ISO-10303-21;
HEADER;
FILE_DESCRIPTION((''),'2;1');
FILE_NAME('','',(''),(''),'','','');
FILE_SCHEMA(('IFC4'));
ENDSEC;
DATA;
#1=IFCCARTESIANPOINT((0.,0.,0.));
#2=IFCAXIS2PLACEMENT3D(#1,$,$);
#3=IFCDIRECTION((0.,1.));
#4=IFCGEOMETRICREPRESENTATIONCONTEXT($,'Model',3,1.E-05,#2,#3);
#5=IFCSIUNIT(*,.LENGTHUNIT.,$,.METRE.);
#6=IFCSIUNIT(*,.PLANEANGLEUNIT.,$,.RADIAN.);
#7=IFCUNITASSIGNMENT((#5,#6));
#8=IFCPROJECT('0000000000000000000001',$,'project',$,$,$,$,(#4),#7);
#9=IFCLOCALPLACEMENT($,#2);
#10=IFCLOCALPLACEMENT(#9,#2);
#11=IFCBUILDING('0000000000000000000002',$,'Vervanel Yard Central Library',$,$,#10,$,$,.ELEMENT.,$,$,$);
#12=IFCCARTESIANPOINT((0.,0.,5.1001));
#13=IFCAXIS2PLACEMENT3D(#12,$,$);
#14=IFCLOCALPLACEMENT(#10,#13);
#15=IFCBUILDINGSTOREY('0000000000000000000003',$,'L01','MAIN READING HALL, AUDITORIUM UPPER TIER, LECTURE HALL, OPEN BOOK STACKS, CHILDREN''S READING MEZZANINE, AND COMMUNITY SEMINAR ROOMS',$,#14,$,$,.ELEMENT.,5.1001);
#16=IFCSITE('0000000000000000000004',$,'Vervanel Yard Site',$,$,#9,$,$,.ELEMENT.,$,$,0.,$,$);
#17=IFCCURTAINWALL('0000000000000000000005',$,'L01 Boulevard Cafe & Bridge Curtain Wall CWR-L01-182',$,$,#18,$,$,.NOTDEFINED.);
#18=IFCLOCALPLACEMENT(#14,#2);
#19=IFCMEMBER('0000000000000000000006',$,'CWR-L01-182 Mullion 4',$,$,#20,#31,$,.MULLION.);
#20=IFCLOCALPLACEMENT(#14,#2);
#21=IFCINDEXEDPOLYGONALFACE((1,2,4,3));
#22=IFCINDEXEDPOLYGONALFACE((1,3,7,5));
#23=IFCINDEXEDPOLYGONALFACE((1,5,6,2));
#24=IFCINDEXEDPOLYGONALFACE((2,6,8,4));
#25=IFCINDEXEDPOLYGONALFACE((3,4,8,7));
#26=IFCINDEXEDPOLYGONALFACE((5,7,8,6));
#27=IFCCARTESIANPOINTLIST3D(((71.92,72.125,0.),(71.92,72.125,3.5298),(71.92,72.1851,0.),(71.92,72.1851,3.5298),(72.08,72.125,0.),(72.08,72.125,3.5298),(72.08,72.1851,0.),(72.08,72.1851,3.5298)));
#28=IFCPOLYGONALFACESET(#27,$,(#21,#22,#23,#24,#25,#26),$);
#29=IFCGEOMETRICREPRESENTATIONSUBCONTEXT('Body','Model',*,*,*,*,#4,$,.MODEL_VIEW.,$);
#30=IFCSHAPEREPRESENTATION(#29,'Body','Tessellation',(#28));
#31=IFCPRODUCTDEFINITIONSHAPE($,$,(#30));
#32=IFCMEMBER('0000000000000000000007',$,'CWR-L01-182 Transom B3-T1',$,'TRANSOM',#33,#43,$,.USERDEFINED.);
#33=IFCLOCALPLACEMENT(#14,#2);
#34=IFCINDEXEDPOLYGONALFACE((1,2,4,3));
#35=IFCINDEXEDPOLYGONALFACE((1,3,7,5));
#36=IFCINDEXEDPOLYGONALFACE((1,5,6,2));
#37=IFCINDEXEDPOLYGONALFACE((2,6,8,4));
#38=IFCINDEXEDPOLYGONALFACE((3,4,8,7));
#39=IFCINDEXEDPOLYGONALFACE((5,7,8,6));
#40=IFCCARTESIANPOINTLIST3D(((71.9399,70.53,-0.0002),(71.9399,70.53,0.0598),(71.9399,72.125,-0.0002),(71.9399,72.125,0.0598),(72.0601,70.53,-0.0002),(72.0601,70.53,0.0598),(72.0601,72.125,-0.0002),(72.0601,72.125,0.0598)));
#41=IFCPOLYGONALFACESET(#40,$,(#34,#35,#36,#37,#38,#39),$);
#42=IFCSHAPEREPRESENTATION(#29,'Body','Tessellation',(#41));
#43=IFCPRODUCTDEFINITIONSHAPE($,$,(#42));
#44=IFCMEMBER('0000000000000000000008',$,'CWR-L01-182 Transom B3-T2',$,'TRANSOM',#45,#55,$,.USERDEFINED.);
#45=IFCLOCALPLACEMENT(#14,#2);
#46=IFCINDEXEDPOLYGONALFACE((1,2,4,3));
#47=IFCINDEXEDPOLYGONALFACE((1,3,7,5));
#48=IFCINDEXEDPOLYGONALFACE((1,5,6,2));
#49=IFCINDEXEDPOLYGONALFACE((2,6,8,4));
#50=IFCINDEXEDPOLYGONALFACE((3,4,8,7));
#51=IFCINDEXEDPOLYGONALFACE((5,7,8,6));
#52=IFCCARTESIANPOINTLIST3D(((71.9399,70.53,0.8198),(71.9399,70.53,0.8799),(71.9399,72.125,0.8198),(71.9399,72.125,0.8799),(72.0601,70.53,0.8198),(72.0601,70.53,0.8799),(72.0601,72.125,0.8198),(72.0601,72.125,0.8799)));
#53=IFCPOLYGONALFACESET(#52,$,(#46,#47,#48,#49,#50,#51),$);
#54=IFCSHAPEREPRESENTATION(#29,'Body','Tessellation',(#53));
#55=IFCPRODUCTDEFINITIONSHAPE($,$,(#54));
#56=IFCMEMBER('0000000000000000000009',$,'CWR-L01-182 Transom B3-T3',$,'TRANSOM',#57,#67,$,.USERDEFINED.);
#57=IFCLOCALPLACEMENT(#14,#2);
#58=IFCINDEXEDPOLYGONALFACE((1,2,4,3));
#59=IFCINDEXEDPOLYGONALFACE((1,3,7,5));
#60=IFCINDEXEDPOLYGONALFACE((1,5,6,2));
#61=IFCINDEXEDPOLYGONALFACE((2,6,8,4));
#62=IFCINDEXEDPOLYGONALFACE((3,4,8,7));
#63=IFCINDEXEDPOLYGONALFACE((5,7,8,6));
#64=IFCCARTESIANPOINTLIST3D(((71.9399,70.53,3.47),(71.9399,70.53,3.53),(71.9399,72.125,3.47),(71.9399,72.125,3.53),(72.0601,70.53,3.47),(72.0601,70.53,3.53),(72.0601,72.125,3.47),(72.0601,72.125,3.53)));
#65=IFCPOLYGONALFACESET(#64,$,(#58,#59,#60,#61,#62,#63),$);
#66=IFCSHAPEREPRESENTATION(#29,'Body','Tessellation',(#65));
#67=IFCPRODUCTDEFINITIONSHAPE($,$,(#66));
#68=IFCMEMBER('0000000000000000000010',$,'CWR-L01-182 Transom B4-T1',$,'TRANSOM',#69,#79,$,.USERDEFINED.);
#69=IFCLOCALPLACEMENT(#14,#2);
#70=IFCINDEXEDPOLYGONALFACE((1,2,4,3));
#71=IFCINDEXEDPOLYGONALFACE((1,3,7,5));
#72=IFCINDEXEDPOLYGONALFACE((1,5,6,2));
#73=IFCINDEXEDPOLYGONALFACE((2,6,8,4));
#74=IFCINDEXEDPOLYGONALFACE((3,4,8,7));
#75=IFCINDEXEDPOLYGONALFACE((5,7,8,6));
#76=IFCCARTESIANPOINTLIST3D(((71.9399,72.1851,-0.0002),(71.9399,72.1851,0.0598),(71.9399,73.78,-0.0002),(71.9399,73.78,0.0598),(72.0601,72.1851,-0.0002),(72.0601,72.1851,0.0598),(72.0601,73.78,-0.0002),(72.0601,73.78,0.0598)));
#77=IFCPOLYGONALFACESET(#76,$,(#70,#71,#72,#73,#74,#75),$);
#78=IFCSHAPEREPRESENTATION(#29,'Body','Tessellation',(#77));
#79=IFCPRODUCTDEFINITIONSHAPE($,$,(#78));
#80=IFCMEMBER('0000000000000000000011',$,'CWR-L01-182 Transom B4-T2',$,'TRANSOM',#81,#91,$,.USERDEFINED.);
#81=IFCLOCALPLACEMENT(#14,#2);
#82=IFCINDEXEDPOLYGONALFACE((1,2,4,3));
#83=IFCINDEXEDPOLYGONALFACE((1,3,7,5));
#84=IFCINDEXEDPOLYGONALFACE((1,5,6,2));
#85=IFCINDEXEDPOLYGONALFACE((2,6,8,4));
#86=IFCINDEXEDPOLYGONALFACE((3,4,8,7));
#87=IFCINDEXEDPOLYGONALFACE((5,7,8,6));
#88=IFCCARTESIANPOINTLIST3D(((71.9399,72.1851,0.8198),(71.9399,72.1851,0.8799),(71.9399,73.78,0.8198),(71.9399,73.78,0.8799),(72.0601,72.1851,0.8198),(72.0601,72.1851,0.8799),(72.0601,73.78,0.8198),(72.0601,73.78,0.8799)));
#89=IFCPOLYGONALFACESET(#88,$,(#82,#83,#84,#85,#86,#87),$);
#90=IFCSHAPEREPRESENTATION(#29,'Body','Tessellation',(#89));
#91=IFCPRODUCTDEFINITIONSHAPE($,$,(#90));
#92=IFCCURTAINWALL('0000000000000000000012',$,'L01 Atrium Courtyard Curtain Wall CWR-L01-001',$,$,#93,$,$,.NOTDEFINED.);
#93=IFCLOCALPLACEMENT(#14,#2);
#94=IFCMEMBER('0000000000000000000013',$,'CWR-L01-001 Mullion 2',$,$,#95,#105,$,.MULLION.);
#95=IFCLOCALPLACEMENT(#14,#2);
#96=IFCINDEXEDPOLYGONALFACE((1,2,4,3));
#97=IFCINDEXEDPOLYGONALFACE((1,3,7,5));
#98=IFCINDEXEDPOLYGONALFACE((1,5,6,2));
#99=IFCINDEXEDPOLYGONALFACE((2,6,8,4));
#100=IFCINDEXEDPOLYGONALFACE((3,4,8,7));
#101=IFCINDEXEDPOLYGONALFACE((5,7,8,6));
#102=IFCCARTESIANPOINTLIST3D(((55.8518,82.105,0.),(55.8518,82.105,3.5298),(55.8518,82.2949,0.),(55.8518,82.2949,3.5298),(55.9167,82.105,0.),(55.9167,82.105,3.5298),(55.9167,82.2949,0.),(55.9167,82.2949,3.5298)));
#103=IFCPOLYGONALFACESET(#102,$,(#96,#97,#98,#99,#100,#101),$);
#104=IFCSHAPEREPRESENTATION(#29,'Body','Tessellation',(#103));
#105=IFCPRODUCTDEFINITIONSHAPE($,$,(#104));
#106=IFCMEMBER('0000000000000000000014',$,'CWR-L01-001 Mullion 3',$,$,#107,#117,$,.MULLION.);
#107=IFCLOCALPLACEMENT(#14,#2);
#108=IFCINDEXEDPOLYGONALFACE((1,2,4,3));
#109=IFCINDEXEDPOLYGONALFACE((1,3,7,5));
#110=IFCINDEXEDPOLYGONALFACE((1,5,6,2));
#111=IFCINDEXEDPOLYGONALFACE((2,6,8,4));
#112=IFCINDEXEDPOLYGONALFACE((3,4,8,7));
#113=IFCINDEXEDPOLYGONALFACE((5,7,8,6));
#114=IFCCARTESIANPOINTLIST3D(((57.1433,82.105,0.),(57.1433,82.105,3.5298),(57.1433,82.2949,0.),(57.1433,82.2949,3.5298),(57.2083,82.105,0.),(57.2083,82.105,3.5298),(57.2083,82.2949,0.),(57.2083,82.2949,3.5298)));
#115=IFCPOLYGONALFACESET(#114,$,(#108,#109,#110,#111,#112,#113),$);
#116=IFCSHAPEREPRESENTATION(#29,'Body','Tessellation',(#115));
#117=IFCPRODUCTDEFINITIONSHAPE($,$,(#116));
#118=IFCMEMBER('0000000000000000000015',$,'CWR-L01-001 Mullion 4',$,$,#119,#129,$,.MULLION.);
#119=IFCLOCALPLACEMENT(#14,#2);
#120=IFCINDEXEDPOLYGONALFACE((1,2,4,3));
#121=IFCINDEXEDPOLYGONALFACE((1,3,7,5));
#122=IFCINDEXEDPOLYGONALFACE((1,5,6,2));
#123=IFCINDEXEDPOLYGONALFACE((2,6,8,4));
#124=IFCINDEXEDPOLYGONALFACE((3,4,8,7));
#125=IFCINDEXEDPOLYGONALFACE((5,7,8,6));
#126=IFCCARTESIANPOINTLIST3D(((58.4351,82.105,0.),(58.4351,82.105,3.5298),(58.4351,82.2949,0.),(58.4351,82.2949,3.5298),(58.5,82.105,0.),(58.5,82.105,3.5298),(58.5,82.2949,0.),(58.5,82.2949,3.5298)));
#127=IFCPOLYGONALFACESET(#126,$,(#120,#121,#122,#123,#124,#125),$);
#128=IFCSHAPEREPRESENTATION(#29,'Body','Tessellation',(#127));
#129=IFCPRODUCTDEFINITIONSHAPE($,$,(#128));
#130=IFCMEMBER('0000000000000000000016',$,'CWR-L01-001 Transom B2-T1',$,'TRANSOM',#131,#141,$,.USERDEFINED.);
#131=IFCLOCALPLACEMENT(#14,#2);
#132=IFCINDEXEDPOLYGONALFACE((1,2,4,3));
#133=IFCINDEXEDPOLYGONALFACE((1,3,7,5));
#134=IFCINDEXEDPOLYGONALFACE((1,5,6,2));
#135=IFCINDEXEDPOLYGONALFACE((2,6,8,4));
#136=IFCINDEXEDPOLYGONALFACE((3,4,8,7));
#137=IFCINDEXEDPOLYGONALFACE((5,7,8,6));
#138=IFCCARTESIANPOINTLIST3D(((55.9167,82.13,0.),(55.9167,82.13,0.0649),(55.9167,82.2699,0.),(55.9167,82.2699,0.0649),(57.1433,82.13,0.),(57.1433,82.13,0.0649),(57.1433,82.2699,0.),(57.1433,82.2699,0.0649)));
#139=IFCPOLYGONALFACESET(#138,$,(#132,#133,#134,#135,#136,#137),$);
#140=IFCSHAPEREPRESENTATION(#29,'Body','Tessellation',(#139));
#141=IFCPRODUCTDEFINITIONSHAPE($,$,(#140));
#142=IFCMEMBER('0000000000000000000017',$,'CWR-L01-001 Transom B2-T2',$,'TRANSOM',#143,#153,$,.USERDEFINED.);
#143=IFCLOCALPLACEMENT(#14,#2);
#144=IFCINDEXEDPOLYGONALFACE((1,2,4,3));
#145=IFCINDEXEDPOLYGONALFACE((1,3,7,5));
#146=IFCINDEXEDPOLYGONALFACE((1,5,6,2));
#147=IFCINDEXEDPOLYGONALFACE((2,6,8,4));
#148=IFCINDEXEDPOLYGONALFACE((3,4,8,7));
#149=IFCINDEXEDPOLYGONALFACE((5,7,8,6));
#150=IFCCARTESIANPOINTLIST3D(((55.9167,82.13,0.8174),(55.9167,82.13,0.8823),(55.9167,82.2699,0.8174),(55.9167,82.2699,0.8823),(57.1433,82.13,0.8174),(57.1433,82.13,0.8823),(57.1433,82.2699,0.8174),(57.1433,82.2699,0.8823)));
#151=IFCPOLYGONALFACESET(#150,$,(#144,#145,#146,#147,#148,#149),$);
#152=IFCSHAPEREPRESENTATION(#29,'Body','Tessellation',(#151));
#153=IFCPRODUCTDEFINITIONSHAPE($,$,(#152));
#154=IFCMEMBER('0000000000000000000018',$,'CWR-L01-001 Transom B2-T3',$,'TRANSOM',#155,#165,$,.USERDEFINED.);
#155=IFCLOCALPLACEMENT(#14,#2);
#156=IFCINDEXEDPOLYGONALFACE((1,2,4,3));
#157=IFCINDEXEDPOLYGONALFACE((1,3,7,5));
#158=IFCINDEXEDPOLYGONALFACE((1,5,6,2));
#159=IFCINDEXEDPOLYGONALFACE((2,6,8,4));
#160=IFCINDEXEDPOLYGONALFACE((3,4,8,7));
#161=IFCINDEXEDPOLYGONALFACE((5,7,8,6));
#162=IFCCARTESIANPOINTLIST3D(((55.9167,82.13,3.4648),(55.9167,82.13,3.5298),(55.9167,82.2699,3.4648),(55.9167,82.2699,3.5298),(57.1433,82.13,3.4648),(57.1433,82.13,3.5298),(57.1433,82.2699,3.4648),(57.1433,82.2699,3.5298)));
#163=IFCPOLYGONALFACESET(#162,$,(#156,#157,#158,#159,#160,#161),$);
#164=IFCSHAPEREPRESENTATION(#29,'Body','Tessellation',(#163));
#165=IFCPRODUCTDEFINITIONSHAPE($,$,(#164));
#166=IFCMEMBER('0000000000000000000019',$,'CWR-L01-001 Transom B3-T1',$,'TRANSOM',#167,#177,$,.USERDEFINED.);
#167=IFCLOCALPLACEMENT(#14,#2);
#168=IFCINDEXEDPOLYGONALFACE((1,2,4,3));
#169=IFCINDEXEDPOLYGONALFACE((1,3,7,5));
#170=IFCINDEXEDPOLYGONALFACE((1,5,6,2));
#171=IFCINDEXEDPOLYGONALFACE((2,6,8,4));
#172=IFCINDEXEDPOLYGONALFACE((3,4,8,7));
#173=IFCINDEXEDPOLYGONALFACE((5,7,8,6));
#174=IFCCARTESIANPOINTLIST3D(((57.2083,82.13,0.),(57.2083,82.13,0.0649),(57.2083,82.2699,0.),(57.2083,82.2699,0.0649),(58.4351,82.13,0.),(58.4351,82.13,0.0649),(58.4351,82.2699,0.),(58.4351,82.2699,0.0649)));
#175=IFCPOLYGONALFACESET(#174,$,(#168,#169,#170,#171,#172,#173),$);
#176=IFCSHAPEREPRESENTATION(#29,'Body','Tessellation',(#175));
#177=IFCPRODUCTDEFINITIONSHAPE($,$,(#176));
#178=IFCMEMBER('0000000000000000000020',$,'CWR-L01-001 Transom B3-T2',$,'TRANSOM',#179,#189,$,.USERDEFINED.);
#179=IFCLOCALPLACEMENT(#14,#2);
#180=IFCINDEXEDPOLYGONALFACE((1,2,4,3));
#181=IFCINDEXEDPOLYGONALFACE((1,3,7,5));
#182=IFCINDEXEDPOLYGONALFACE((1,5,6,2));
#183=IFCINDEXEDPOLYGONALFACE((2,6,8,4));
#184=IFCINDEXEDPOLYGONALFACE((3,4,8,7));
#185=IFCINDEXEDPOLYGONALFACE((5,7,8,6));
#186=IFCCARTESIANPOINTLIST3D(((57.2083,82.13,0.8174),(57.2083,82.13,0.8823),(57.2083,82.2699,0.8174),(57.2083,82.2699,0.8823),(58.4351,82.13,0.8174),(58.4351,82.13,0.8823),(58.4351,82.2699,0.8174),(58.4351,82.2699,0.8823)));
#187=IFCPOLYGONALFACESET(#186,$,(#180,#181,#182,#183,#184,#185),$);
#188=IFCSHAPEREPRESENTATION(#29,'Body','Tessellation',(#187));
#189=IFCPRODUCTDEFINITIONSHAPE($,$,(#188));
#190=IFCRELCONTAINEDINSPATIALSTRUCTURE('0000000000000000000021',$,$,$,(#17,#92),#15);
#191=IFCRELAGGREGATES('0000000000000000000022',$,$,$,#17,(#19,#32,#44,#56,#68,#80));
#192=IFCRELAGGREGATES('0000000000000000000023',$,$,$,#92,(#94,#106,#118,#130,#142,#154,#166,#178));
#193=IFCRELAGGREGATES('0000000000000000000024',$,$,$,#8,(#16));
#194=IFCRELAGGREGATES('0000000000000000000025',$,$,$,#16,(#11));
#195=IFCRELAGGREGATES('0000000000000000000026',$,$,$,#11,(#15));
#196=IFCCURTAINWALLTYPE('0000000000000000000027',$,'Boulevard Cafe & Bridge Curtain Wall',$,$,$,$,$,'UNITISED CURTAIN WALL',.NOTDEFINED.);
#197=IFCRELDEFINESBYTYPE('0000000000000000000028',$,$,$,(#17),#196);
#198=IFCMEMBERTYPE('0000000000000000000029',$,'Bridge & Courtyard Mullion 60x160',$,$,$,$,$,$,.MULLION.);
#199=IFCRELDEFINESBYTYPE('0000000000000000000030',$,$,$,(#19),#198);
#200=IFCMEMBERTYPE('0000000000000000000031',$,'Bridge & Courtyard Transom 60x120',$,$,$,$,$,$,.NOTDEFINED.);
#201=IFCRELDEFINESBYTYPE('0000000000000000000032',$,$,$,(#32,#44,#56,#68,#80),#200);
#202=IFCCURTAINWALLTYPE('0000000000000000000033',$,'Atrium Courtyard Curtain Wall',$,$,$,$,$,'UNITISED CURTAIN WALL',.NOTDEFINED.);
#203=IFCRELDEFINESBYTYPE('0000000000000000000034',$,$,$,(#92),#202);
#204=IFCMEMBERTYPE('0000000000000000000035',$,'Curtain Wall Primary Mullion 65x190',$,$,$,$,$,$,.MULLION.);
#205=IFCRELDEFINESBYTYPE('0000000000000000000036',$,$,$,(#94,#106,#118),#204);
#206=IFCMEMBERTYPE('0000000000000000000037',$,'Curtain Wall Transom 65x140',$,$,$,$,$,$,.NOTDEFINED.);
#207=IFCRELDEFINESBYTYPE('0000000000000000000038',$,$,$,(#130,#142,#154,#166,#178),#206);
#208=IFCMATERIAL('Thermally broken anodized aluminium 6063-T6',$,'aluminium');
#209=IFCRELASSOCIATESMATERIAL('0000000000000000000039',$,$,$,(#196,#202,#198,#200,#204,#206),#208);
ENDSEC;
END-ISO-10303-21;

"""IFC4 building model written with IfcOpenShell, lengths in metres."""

from ifc_helpers import new_model, si_unit, direction, frame, origin, origin_2d, place, context, subcontext, project, spatial, rectangle, extrude, material, material_profile, profile_set, type_object, element, aggregate, save


model = new_model("IFC4")

# Units and contexts
model_context = context("Model", 3, precision=1e-05, world=origin(), true_north=direction((0.0, 1.0)))
body_context = subcontext(model_context, "Body", "Model", "MODEL_VIEW")
ifc_project = project(units=[si_unit("LENGTHUNIT", "METRE"), si_unit("PLANEANGLEUNIT", "RADIAN")], contexts=[model_context])

# Site, building, storey
site_placement = place(None, origin())
site = spatial("IfcSite", under=ifc_project, at=site_placement, Name="Vervanel Yard Site", CompositionType="ELEMENT", RefElevation=0.0)
building_placement = place(site_placement, origin())
building = spatial("IfcBuilding", under=site, at=building_placement, Name="Vervanel Yard Central Library", CompositionType="ELEMENT")
storey_placement = place(building_placement, frame((0.0, 0.0, 5.1001)))
storey = spatial("IfcBuildingStorey", under=building, at=storey_placement, Name="L01", Description="MAIN READING HALL, AUDITORIUM UPPER TIER, LECTURE HALL, OPEN BOOK STACKS, CHILDREN'S READING MEZZANINE, AND COMMUNITY SEMINAR ROOMS", CompositionType="ELEMENT", Elevation=5.1001)

# Curtain walls, members
ifc_material_1 = material(Name="Thermally broken anodized aluminium 6063-T6", Category="aluminium")
curtain_wall_type_1 = type_object("IfcCurtainWallType", Name="Boulevard Cafe & Bridge Curtain Wall", ElementType="UNITISED CURTAIN WALL", PredefinedType="NOTDEFINED", material=ifc_material_1)
curtain_wall_1_placement = place(storey_placement, origin())
curtain_wall_1 = element("IfcCurtainWall", 1, at=curtain_wall_1_placement, inside=storey, type_object=curtain_wall_type_1, Name="L01 Boulevard Cafe & Bridge Curtain Wall CWR-L01-182", PredefinedType="NOTDEFINED")
ifc_material_profile_1 = material_profile(ifc_material_1, rectangle(XDim=0.0601, YDim=0.1599, at=origin_2d()), Name="ALU 60x160", Category="aluminium")
ifc_profile_set_1 = profile_set([ifc_material_profile_1], Name="Thermally broken anodized aluminium 6063-T6")
member_type_1 = type_object("IfcMemberType", Name="Bridge & Courtyard Mullion 60x160", PredefinedType="MULLION", material=ifc_profile_set_1)
member_1_placement = place(storey_placement, frame((72.0, 72.155, 0.0), z_axis=(0.0, 0.0, 1.0), x_axis=(0.0, 1.0, 0.0)))
member_1 = element("IfcMember", 2, at=member_1_placement, type_object=member_type_1, Name="CWR-L01-182 Mullion 4", PredefinedType="MULLION", context=body_context, shape_type="SweptSolid", body=[
    extrude(rectangle(XDim=0.0601, YDim=0.1599, at=origin_2d()), origin(), (0.0, 0.0, 1.0), 3.5298),
])
ifc_material_profile_2 = material_profile(ifc_material_1, rectangle(XDim=0.0601, YDim=0.1201, at=origin_2d()), Name="ALU 60x120", Category="aluminium")
ifc_profile_set_2 = profile_set([ifc_material_profile_2], Name="Thermally broken anodized aluminium 6063-T6")
member_type_2 = type_object("IfcMemberType", Name="Bridge & Courtyard Transom 60x120", PredefinedType="NOTDEFINED", material=ifc_profile_set_2)
member_2_placement = place(storey_placement, frame((72.0, 70.53, 0.0298), z_axis=(0.0, 1.0, 0.0), x_axis=(0.0, 0.0, 1.0)))
member_2 = element("IfcMember", 3, at=member_2_placement, type_object=member_type_2, Name="CWR-L01-182 Transom B3-T1", ObjectType="TRANSOM", PredefinedType="USERDEFINED", context=body_context, shape_type="SweptSolid", body=[
    extrude(rectangle(XDim=0.0601, YDim=0.1201, at=origin_2d()), origin(), (0.0, 0.0, 1.0), 1.595),
])
member_3_placement = place(storey_placement, frame((72.0, 70.53, 0.8499), z_axis=(0.0, 1.0, 0.0), x_axis=(0.0, 0.0, 1.0)))
member_3 = element("IfcMember", 4, at=member_3_placement, type_object=member_type_2, Name="CWR-L01-182 Transom B3-T2", ObjectType="TRANSOM", PredefinedType="USERDEFINED", context=body_context, shape_type="SweptSolid", body=[
    extrude(rectangle(XDim=0.0601, YDim=0.1201, at=origin_2d()), origin(), (0.0, 0.0, 1.0), 1.595),
])
member_4_placement = place(storey_placement, frame((72.0, 70.53, 3.5), z_axis=(0.0, 1.0, 0.0), x_axis=(0.0, 0.0, 1.0)))
member_4 = element("IfcMember", 5, at=member_4_placement, type_object=member_type_2, Name="CWR-L01-182 Transom B3-T3", ObjectType="TRANSOM", PredefinedType="USERDEFINED", context=body_context, shape_type="SweptSolid", body=[
    extrude(rectangle(XDim=0.0601, YDim=0.1201, at=origin_2d()), origin(), (0.0, 0.0, 1.0), 1.595),
])
member_5_placement = place(storey_placement, frame((72.0, 72.1851, 0.0298), z_axis=(0.0, 1.0, 0.0), x_axis=(0.0, 0.0, 1.0)))
member_5 = element("IfcMember", 6, at=member_5_placement, type_object=member_type_2, Name="CWR-L01-182 Transom B4-T1", ObjectType="TRANSOM", PredefinedType="USERDEFINED", context=body_context, shape_type="SweptSolid", body=[
    extrude(rectangle(XDim=0.0601, YDim=0.1201, at=origin_2d()), origin(), (0.0, 0.0, 1.0), 1.595),
])
member_6_placement = place(storey_placement, frame((72.0, 72.1851, 0.8499), z_axis=(0.0, 1.0, 0.0), x_axis=(0.0, 0.0, 1.0)))
member_6 = element("IfcMember", 7, at=member_6_placement, type_object=member_type_2, Name="CWR-L01-182 Transom B4-T2", ObjectType="TRANSOM", PredefinedType="USERDEFINED", context=body_context, shape_type="SweptSolid", body=[
    extrude(rectangle(XDim=0.0601, YDim=0.1201, at=origin_2d()), origin(), (0.0, 0.0, 1.0), 1.595),
])
curtain_wall_type_2 = type_object("IfcCurtainWallType", Name="Atrium Courtyard Curtain Wall", ElementType="UNITISED CURTAIN WALL", PredefinedType="NOTDEFINED", material=ifc_material_1)
curtain_wall_2_placement = place(storey_placement, origin())
curtain_wall_2 = element("IfcCurtainWall", 8, at=curtain_wall_2_placement, inside=storey, type_object=curtain_wall_type_2, Name="L01 Atrium Courtyard Curtain Wall CWR-L01-001", PredefinedType="NOTDEFINED")
ifc_material_profile_3 = material_profile(ifc_material_1, rectangle(XDim=0.0649, YDim=0.1899, at=origin_2d()), Name="ALU 65x190", Category="aluminium")
ifc_profile_set_3 = profile_set([ifc_material_profile_3], Name="Thermally broken anodized aluminium 6063-T6")
member_type_3 = type_object("IfcMemberType", Name="Curtain Wall Primary Mullion 65x190", PredefinedType="MULLION", material=ifc_profile_set_3)
member_7_placement = place(storey_placement, frame((55.8843, 82.2, 0.0), z_axis=(0.0, 0.0, 1.0), x_axis=(1.0, 0.0, 0.0)))
member_7 = element("IfcMember", 9, at=member_7_placement, type_object=member_type_3, Name="CWR-L01-001 Mullion 2", PredefinedType="MULLION", context=body_context, shape_type="SweptSolid", body=[
    extrude(rectangle(XDim=0.0649, YDim=0.1899, at=origin_2d()), origin(), (0.0, 0.0, 1.0), 3.5298),
])
member_8_placement = place(storey_placement, frame((57.1758, 82.2, 0.0), z_axis=(0.0, 0.0, 1.0), x_axis=(1.0, 0.0, 0.0)))
member_8 = element("IfcMember", 10, at=member_8_placement, type_object=member_type_3, Name="CWR-L01-001 Mullion 3", PredefinedType="MULLION", context=body_context, shape_type="SweptSolid", body=[
    extrude(rectangle(XDim=0.0649, YDim=0.1899, at=origin_2d()), origin(), (0.0, 0.0, 1.0), 3.5298),
])
member_9_placement = place(storey_placement, frame((58.4675, 82.2, 0.0), z_axis=(0.0, 0.0, 1.0), x_axis=(1.0, 0.0, 0.0)))
member_9 = element("IfcMember", 11, at=member_9_placement, type_object=member_type_3, Name="CWR-L01-001 Mullion 4", PredefinedType="MULLION", context=body_context, shape_type="SweptSolid", body=[
    extrude(rectangle(XDim=0.0649, YDim=0.1899, at=origin_2d()), origin(), (0.0, 0.0, 1.0), 3.5298),
])
ifc_material_profile_4 = material_profile(ifc_material_1, rectangle(XDim=0.0649, YDim=0.1399, at=origin_2d()), Name="ALU 65x140", Category="aluminium")
ifc_profile_set_4 = profile_set([ifc_material_profile_4], Name="Thermally broken anodized aluminium 6063-T6")
member_type_4 = type_object("IfcMemberType", Name="Curtain Wall Transom 65x140", PredefinedType="NOTDEFINED", material=ifc_profile_set_4)
member_10_placement = place(storey_placement, frame((55.9167, 82.2, 0.0325), z_axis=(1.0, 0.0, 0.0), x_axis=(0.0, 0.0, 1.0)))
member_10 = element("IfcMember", 12, at=member_10_placement, type_object=member_type_4, Name="CWR-L01-001 Transom B2-T1", ObjectType="TRANSOM", PredefinedType="USERDEFINED", context=body_context, shape_type="SweptSolid", body=[
    extrude(rectangle(XDim=0.0649, YDim=0.1399, at=origin_2d()), origin(), (0.0, 0.0, 1.0), 1.2266),
])
member_11_placement = place(storey_placement, frame((55.9167, 82.2, 0.8499), z_axis=(1.0, 0.0, 0.0), x_axis=(0.0, 0.0, 1.0)))
member_11 = element("IfcMember", 13, at=member_11_placement, type_object=member_type_4, Name="CWR-L01-001 Transom B2-T2", ObjectType="TRANSOM", PredefinedType="USERDEFINED", context=body_context, shape_type="SweptSolid", body=[
    extrude(rectangle(XDim=0.0649, YDim=0.1399, at=origin_2d()), origin(), (0.0, 0.0, 1.0), 1.2266),
])
member_12_placement = place(storey_placement, frame((55.9167, 82.2, 3.4973), z_axis=(1.0, 0.0, 0.0), x_axis=(0.0, 0.0, 1.0)))
member_12 = element("IfcMember", 14, at=member_12_placement, type_object=member_type_4, Name="CWR-L01-001 Transom B2-T3", ObjectType="TRANSOM", PredefinedType="USERDEFINED", context=body_context, shape_type="SweptSolid", body=[
    extrude(rectangle(XDim=0.0649, YDim=0.1399, at=origin_2d()), origin(), (0.0, 0.0, 1.0), 1.2266),
])
member_13_placement = place(storey_placement, frame((57.2083, 82.2, 0.0325), z_axis=(1.0, 0.0, 0.0), x_axis=(0.0, 0.0, 1.0)))
member_13 = element("IfcMember", 15, at=member_13_placement, type_object=member_type_4, Name="CWR-L01-001 Transom B3-T1", ObjectType="TRANSOM", PredefinedType="USERDEFINED", context=body_context, shape_type="SweptSolid", body=[
    extrude(rectangle(XDim=0.0649, YDim=0.1399, at=origin_2d()), origin(), (0.0, 0.0, 1.0), 1.2268),
])
member_14_placement = place(storey_placement, frame((57.2083, 82.2, 0.8499), z_axis=(1.0, 0.0, 0.0), x_axis=(0.0, 0.0, 1.0)))
member_14 = element("IfcMember", 16, at=member_14_placement, type_object=member_type_4, Name="CWR-L01-001 Transom B3-T2", ObjectType="TRANSOM", PredefinedType="USERDEFINED", context=body_context, shape_type="SweptSolid", body=[
    extrude(rectangle(XDim=0.0649, YDim=0.1399, at=origin_2d()), origin(), (0.0, 0.0, 1.0), 1.2268),
])

aggregate(curtain_wall_1, [member_1, member_2, member_3, member_4, member_5, member_6])
aggregate(curtain_wall_2, [member_7, member_8, member_9, member_10, member_11, member_12, member_13, member_14])

save(model, "model.ifc")
